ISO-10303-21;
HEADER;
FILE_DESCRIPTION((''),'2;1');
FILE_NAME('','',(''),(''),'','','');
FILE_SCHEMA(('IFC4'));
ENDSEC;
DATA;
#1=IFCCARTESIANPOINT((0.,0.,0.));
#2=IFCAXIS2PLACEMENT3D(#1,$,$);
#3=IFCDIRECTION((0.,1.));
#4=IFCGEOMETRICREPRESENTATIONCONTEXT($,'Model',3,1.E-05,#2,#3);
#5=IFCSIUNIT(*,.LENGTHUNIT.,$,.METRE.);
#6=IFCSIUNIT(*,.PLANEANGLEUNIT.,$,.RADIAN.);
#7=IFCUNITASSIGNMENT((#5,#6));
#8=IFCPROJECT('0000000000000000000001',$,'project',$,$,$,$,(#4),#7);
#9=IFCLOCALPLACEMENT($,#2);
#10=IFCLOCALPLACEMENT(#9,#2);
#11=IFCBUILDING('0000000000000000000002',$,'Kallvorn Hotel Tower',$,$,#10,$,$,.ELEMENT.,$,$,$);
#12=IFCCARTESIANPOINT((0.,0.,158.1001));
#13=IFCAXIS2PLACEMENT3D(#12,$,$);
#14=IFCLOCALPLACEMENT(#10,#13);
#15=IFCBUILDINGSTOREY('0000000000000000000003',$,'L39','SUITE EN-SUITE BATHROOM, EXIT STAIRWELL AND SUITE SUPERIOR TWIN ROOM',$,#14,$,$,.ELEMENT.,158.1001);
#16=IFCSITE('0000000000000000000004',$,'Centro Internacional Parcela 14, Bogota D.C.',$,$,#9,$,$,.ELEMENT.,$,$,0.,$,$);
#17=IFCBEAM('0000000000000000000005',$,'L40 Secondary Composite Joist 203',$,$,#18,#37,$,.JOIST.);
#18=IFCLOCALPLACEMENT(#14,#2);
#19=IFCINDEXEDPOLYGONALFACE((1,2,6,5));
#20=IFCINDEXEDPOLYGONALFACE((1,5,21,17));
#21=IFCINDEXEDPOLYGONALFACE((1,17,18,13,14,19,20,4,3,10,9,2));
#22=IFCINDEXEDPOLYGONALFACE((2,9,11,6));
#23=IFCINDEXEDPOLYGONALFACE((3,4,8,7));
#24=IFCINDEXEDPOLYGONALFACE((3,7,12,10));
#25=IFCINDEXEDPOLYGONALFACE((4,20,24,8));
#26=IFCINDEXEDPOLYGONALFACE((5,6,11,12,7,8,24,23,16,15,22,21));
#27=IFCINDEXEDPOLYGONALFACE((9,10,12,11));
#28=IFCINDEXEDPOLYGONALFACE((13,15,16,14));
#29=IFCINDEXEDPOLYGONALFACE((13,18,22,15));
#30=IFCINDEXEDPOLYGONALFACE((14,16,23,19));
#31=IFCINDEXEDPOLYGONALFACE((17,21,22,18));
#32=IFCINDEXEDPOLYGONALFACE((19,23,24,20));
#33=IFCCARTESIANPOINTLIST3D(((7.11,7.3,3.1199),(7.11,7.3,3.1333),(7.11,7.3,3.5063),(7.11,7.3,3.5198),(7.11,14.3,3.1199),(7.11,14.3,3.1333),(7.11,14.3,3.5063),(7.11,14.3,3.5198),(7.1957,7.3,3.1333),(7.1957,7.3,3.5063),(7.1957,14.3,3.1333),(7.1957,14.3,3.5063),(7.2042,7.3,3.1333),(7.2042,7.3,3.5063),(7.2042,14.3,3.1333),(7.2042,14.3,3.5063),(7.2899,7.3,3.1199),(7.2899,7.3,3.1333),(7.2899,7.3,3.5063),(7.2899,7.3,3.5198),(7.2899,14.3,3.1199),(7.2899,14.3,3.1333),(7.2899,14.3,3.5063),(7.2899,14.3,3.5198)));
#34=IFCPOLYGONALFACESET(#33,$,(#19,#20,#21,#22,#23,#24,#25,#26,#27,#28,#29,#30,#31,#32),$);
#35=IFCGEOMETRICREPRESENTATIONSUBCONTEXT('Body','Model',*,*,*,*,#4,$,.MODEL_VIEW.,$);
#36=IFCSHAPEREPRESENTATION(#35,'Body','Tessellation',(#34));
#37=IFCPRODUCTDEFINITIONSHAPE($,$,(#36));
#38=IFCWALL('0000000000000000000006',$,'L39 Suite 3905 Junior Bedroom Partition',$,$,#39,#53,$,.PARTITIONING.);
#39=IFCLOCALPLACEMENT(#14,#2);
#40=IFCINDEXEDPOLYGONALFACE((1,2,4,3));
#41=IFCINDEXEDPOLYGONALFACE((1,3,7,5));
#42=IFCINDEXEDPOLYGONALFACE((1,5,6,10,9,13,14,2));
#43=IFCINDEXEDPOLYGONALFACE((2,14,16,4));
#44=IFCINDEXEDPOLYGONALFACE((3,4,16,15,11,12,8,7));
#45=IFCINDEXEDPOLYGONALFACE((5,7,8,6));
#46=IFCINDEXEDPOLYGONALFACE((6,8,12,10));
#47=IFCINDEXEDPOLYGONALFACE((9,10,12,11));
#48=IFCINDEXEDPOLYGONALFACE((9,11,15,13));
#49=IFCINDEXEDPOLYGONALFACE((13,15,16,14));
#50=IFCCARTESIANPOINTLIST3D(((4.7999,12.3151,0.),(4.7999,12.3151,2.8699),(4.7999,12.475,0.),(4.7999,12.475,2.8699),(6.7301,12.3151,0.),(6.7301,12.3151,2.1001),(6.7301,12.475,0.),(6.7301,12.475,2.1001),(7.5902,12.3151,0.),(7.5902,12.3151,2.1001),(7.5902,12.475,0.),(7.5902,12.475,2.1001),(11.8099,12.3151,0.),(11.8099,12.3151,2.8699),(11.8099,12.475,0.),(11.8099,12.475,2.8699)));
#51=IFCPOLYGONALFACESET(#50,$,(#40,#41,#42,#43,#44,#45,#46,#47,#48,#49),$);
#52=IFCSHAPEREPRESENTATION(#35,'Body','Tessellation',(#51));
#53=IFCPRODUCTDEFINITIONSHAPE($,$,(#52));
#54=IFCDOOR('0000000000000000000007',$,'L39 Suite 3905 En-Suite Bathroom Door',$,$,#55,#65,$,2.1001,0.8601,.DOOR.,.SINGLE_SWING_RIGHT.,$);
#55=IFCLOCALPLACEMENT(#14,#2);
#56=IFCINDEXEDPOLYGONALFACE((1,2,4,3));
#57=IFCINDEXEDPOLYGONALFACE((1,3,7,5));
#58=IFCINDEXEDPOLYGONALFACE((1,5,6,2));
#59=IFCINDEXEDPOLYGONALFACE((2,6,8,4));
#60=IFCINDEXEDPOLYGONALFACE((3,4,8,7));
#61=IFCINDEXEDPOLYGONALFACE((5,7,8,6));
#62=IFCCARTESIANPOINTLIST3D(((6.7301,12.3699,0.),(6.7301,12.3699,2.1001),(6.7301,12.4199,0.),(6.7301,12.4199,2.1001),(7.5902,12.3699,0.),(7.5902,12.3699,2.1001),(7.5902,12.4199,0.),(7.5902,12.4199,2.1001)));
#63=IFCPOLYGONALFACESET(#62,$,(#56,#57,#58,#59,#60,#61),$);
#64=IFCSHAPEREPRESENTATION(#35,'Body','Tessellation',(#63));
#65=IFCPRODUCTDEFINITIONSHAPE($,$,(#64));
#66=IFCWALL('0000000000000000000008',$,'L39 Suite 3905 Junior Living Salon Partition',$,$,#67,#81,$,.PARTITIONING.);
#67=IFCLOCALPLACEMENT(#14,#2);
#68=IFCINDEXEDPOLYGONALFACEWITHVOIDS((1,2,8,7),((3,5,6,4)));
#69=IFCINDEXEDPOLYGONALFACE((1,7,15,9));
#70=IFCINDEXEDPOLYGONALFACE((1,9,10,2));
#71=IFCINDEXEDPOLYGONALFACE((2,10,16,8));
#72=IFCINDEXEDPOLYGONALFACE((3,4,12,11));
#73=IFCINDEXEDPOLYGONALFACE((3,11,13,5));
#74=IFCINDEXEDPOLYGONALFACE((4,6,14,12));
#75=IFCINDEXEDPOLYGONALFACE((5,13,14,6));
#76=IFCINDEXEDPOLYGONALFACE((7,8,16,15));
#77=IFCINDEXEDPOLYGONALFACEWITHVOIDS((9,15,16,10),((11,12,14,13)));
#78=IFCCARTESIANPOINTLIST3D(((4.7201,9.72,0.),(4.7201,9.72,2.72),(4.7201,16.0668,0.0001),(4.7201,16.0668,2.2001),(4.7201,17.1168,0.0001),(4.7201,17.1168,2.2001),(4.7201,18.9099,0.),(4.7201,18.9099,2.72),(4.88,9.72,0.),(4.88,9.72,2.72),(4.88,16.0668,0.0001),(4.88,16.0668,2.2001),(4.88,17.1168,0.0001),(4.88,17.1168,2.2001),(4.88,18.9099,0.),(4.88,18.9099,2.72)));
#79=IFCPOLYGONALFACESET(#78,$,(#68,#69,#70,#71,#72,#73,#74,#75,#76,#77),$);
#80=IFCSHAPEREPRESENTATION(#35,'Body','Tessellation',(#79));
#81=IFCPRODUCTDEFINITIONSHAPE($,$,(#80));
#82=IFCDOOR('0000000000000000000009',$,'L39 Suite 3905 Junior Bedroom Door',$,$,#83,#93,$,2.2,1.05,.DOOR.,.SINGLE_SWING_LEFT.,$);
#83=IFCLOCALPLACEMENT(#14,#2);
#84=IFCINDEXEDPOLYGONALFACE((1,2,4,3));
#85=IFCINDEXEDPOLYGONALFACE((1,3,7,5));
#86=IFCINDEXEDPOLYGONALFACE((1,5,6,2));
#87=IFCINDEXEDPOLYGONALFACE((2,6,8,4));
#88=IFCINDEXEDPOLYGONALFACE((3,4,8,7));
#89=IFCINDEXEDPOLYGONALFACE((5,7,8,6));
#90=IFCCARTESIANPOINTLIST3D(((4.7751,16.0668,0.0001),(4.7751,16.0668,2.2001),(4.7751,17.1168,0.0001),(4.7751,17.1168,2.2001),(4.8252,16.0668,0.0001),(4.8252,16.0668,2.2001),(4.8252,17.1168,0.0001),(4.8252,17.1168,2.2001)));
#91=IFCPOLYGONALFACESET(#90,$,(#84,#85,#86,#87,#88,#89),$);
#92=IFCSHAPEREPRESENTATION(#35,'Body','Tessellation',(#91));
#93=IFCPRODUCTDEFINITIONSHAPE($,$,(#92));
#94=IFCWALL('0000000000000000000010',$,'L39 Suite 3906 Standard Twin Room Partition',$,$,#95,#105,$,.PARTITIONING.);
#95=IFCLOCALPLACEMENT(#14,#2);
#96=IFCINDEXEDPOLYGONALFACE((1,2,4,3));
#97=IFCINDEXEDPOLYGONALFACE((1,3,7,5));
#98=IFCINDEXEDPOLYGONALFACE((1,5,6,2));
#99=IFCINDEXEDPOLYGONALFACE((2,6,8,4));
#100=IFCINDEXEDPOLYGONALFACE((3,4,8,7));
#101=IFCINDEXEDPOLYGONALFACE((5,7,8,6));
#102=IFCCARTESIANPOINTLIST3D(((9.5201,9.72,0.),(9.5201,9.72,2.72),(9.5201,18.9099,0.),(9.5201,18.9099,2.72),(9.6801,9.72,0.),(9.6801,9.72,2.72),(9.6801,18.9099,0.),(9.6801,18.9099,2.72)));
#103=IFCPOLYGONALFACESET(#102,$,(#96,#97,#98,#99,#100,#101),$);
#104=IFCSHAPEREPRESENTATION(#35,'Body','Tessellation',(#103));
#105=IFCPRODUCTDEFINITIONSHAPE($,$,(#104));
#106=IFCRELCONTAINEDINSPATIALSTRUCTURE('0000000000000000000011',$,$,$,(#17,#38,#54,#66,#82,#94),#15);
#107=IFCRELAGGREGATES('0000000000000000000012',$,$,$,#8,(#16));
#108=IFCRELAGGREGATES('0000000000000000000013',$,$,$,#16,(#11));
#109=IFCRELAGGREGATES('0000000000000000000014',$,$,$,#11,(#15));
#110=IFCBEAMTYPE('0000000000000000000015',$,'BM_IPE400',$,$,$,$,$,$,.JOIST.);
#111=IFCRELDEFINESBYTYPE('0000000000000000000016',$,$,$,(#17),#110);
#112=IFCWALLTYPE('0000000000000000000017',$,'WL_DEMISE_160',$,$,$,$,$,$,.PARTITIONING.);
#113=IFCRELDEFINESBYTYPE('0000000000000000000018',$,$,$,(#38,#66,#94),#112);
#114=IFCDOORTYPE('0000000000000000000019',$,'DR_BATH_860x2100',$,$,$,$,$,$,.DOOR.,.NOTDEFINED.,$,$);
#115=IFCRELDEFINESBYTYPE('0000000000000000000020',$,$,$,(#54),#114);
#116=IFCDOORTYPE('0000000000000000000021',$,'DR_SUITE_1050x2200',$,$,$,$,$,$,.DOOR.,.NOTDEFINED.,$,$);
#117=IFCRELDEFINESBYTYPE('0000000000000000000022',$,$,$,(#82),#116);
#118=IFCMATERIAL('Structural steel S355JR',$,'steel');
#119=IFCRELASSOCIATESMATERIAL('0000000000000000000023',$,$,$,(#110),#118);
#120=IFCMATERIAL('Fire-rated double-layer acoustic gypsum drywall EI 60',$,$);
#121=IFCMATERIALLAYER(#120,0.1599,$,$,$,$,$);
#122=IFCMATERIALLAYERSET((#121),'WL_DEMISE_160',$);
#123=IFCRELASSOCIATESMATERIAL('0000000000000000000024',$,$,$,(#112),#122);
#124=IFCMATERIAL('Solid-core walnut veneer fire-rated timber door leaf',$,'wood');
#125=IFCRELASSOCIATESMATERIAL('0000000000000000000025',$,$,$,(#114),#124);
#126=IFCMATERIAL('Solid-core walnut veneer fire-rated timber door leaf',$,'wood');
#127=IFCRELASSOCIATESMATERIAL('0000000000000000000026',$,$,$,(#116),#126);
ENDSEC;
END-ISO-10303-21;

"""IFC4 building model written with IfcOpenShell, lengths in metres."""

from ifc_helpers import new_model, si_unit, direction, frame, frame_2d, origin, origin_2d, place, context, subcontext, project, spatial, rectangle, i_section, extrude, material, layer, layer_set, material_profile, profile_set, type_object, element, fill, save


model = new_model("IFC4")

# Units and contexts
model_context = context("Model", 3, precision=1e-05, world=origin(), true_north=direction((0.0, 1.0)))
body_context = subcontext(model_context, "Body", "Model", "MODEL_VIEW")
ifc_project = project(units=[si_unit("LENGTHUNIT", "METRE"), si_unit("PLANEANGLEUNIT", "RADIAN")], contexts=[model_context])

# Site, building, storey
site_placement = place(None, origin())
site = spatial("IfcSite", under=ifc_project, at=site_placement, Name="Centro Internacional Parcela 14, Bogota D.C.", CompositionType="ELEMENT", RefElevation=0.0)
building_placement = place(site_placement, origin())
building = spatial("IfcBuilding", under=site, at=building_placement, Name="Kallvorn Hotel Tower", CompositionType="ELEMENT")
storey_placement = place(building_placement, frame((0.0, 0.0, 158.1001)))
storey = spatial("IfcBuildingStorey", under=building, at=storey_placement, Name="L39", Description="SUITE EN-SUITE BATHROOM, EXIT STAIRWELL AND SUITE SUPERIOR TWIN ROOM", CompositionType="ELEMENT", Elevation=158.1001)

# Beam
ifc_material_1 = material(Name="Structural steel S355JR", Category="steel")
ifc_material_profile_1 = material_profile(ifc_material_1, i_section(OverallWidth=0.1799, OverallDepth=0.3999, WebThickness=0.0085, FlangeThickness=0.0134, at=origin_2d()), Name="IPE 400")
ifc_profile_set_1 = profile_set([ifc_material_profile_1], Name="Structural steel S355JR")
beam_type_1 = type_object("IfcBeamType", Name="BM_IPE400", PredefinedType="JOIST", material=ifc_profile_set_1)
beam_1_placement = place(storey_placement, frame((7.2, 7.3, 3.3198), z_axis=(0.0, 1.0, 0.0), x_axis=(-1.0, 0.0, 0.0)))
element("IfcBeam", 1, at=beam_1_placement, inside=storey, type_object=beam_type_1, Name="L40 Secondary Composite Joist 203", PredefinedType="JOIST", context=body_context, shape_type="SweptSolid", body=[
    extrude(i_section(OverallWidth=0.1799, OverallDepth=0.3999, WebThickness=0.0085, FlangeThickness=0.0134, at=origin_2d()), origin(), (0.0, 0.0, 1.0), 7.0),
])

# Walls, openings, doors
ifc_material_2 = material(Name="Fire-rated double-layer acoustic gypsum drywall EI 60")
ifc_layer = layer(ifc_material_2, 0.1599)
ifc_layer_set = layer_set([ifc_layer], Name="WL_DEMISE_160")
wall_type = type_object("IfcWallType", Name="WL_DEMISE_160", PredefinedType="PARTITIONING", material=ifc_layer_set)
wall_1_placement = place(storey_placement, frame((4.8, 12.395, 0.0), z_axis=(0.0, 0.0, 1.0), x_axis=(1.0, 0.0, 0.0)))
wall_1 = element("IfcWall", 2, at=wall_1_placement, inside=storey, type_object=wall_type, Name="L39 Suite 3905 Junior Bedroom Partition", PredefinedType="PARTITIONING", context=body_context, shape_type="SweptSolid", body=[
    extrude(rectangle(XDim=7.01, YDim=0.1599, at=frame_2d((3.5049, 0.0))), origin(), (0.0, 0.0, 1.0), 2.8699),
])
opening_1_placement = place(wall_1_placement, frame((1.9299, 0.0, 0.0)))
opening_1 = element("IfcOpeningElement", 3, at=opening_1_placement, cuts=wall_1, PredefinedType="OPENING", context=body_context, shape_type="SweptSolid", body=[
    extrude(rectangle(XDim=0.8601, YDim=2.1001, at=frame_2d((0.4302, 1.05))), frame((0.0, 0.095, 0.0), z_axis=(0.0, -1.0, 0.0), x_axis=(1.0, 0.0, 0.0)), (0.0, 0.0, 1.0), 0.1899),
])
ifc_material_3 = material(Name="Solid-core walnut veneer fire-rated timber door leaf", Category="wood")
door_type_1 = type_object("IfcDoorType", Name="DR_BATH_860x2100", OperationType="NOTDEFINED", PredefinedType="DOOR", material=ifc_material_3)
door_1_placement = place(opening_1_placement, origin())
door_1 = element("IfcDoor", 4, at=door_1_placement, inside=storey, type_object=door_type_1, Name="L39 Suite 3905 En-Suite Bathroom Door", OperationType="SINGLE_SWING_RIGHT", OverallHeight=2.1001, OverallWidth=0.8601, PredefinedType="DOOR", context=body_context, shape_type="SweptSolid", body=[
    extrude(rectangle(XDim=0.8601, YDim=2.1001, at=frame_2d((0.4302, 1.05))), frame((0.0, 0.0249, 0.0), z_axis=(0.0, -1.0, 0.0), x_axis=(1.0, 0.0, 0.0)), (0.0, 0.0, 1.0), 0.05),
])
fill(opening_1, door_1)
wall_2_placement = place(storey_placement, frame((4.8, 9.72, 0.0), z_axis=(0.0, 0.0, 1.0), x_axis=(0.0, 1.0, 0.0)))
wall_2 = element("IfcWall", 5, at=wall_2_placement, inside=storey, type_object=wall_type, Name="L39 Suite 3905 Junior Living Salon Partition", PredefinedType="PARTITIONING", context=body_context, shape_type="SweptSolid", body=[
    extrude(rectangle(XDim=9.1899, YDim=0.1599, at=frame_2d((4.595, 0.0))), origin(), (0.0, 0.0, 1.0), 2.72),
])
opening_2_placement = place(wall_2_placement, frame((6.3469, 0.0, 0.0)))
opening_2 = element("IfcOpeningElement", 6, at=opening_2_placement, cuts=wall_2, PredefinedType="OPENING", context=body_context, shape_type="SweptSolid", body=[
    extrude(rectangle(XDim=1.05, YDim=2.2, at=frame_2d((0.5249, 1.1001))), frame((0.0, 0.095, 0.0), z_axis=(0.0, -1.0, 0.0), x_axis=(1.0, 0.0, 0.0)), (0.0, 0.0, 1.0), 0.1899),
])
ifc_material_4 = material(Name="Solid-core walnut veneer fire-rated timber door leaf", Category="wood")
door_type_2 = type_object("IfcDoorType", Name="DR_SUITE_1050x2200", OperationType="NOTDEFINED", PredefinedType="DOOR", material=ifc_material_4)
door_2_placement = place(opening_2_placement, origin())
door_2 = element("IfcDoor", 7, at=door_2_placement, inside=storey, type_object=door_type_2, Name="L39 Suite 3905 Junior Bedroom Door", OperationType="SINGLE_SWING_LEFT", OverallHeight=2.2, OverallWidth=1.05, PredefinedType="DOOR", context=body_context, shape_type="SweptSolid", body=[
    extrude(rectangle(XDim=1.05, YDim=2.2, at=frame_2d((0.5249, 1.1001))), frame((0.0, 0.0249, 0.0), z_axis=(0.0, -1.0, 0.0), x_axis=(1.0, 0.0, 0.0)), (0.0, 0.0, 1.0), 0.05),
])
fill(opening_2, door_2)

# Wall
wall_3_placement = place(storey_placement, frame((9.6001, 9.72, 0.0), z_axis=(0.0, 0.0, 1.0), x_axis=(0.0, 1.0, 0.0)))
element("IfcWall", 8, at=wall_3_placement, inside=storey, type_object=wall_type, Name="L39 Suite 3906 Standard Twin Room Partition", PredefinedType="PARTITIONING", context=body_context, shape_type="SweptSolid", body=[
    extrude(rectangle(XDim=9.1899, YDim=0.1599, at=frame_2d((4.595, 0.0))), origin(), (0.0, 0.0, 1.0), 2.72),
])

save(model, "model.ifc")
